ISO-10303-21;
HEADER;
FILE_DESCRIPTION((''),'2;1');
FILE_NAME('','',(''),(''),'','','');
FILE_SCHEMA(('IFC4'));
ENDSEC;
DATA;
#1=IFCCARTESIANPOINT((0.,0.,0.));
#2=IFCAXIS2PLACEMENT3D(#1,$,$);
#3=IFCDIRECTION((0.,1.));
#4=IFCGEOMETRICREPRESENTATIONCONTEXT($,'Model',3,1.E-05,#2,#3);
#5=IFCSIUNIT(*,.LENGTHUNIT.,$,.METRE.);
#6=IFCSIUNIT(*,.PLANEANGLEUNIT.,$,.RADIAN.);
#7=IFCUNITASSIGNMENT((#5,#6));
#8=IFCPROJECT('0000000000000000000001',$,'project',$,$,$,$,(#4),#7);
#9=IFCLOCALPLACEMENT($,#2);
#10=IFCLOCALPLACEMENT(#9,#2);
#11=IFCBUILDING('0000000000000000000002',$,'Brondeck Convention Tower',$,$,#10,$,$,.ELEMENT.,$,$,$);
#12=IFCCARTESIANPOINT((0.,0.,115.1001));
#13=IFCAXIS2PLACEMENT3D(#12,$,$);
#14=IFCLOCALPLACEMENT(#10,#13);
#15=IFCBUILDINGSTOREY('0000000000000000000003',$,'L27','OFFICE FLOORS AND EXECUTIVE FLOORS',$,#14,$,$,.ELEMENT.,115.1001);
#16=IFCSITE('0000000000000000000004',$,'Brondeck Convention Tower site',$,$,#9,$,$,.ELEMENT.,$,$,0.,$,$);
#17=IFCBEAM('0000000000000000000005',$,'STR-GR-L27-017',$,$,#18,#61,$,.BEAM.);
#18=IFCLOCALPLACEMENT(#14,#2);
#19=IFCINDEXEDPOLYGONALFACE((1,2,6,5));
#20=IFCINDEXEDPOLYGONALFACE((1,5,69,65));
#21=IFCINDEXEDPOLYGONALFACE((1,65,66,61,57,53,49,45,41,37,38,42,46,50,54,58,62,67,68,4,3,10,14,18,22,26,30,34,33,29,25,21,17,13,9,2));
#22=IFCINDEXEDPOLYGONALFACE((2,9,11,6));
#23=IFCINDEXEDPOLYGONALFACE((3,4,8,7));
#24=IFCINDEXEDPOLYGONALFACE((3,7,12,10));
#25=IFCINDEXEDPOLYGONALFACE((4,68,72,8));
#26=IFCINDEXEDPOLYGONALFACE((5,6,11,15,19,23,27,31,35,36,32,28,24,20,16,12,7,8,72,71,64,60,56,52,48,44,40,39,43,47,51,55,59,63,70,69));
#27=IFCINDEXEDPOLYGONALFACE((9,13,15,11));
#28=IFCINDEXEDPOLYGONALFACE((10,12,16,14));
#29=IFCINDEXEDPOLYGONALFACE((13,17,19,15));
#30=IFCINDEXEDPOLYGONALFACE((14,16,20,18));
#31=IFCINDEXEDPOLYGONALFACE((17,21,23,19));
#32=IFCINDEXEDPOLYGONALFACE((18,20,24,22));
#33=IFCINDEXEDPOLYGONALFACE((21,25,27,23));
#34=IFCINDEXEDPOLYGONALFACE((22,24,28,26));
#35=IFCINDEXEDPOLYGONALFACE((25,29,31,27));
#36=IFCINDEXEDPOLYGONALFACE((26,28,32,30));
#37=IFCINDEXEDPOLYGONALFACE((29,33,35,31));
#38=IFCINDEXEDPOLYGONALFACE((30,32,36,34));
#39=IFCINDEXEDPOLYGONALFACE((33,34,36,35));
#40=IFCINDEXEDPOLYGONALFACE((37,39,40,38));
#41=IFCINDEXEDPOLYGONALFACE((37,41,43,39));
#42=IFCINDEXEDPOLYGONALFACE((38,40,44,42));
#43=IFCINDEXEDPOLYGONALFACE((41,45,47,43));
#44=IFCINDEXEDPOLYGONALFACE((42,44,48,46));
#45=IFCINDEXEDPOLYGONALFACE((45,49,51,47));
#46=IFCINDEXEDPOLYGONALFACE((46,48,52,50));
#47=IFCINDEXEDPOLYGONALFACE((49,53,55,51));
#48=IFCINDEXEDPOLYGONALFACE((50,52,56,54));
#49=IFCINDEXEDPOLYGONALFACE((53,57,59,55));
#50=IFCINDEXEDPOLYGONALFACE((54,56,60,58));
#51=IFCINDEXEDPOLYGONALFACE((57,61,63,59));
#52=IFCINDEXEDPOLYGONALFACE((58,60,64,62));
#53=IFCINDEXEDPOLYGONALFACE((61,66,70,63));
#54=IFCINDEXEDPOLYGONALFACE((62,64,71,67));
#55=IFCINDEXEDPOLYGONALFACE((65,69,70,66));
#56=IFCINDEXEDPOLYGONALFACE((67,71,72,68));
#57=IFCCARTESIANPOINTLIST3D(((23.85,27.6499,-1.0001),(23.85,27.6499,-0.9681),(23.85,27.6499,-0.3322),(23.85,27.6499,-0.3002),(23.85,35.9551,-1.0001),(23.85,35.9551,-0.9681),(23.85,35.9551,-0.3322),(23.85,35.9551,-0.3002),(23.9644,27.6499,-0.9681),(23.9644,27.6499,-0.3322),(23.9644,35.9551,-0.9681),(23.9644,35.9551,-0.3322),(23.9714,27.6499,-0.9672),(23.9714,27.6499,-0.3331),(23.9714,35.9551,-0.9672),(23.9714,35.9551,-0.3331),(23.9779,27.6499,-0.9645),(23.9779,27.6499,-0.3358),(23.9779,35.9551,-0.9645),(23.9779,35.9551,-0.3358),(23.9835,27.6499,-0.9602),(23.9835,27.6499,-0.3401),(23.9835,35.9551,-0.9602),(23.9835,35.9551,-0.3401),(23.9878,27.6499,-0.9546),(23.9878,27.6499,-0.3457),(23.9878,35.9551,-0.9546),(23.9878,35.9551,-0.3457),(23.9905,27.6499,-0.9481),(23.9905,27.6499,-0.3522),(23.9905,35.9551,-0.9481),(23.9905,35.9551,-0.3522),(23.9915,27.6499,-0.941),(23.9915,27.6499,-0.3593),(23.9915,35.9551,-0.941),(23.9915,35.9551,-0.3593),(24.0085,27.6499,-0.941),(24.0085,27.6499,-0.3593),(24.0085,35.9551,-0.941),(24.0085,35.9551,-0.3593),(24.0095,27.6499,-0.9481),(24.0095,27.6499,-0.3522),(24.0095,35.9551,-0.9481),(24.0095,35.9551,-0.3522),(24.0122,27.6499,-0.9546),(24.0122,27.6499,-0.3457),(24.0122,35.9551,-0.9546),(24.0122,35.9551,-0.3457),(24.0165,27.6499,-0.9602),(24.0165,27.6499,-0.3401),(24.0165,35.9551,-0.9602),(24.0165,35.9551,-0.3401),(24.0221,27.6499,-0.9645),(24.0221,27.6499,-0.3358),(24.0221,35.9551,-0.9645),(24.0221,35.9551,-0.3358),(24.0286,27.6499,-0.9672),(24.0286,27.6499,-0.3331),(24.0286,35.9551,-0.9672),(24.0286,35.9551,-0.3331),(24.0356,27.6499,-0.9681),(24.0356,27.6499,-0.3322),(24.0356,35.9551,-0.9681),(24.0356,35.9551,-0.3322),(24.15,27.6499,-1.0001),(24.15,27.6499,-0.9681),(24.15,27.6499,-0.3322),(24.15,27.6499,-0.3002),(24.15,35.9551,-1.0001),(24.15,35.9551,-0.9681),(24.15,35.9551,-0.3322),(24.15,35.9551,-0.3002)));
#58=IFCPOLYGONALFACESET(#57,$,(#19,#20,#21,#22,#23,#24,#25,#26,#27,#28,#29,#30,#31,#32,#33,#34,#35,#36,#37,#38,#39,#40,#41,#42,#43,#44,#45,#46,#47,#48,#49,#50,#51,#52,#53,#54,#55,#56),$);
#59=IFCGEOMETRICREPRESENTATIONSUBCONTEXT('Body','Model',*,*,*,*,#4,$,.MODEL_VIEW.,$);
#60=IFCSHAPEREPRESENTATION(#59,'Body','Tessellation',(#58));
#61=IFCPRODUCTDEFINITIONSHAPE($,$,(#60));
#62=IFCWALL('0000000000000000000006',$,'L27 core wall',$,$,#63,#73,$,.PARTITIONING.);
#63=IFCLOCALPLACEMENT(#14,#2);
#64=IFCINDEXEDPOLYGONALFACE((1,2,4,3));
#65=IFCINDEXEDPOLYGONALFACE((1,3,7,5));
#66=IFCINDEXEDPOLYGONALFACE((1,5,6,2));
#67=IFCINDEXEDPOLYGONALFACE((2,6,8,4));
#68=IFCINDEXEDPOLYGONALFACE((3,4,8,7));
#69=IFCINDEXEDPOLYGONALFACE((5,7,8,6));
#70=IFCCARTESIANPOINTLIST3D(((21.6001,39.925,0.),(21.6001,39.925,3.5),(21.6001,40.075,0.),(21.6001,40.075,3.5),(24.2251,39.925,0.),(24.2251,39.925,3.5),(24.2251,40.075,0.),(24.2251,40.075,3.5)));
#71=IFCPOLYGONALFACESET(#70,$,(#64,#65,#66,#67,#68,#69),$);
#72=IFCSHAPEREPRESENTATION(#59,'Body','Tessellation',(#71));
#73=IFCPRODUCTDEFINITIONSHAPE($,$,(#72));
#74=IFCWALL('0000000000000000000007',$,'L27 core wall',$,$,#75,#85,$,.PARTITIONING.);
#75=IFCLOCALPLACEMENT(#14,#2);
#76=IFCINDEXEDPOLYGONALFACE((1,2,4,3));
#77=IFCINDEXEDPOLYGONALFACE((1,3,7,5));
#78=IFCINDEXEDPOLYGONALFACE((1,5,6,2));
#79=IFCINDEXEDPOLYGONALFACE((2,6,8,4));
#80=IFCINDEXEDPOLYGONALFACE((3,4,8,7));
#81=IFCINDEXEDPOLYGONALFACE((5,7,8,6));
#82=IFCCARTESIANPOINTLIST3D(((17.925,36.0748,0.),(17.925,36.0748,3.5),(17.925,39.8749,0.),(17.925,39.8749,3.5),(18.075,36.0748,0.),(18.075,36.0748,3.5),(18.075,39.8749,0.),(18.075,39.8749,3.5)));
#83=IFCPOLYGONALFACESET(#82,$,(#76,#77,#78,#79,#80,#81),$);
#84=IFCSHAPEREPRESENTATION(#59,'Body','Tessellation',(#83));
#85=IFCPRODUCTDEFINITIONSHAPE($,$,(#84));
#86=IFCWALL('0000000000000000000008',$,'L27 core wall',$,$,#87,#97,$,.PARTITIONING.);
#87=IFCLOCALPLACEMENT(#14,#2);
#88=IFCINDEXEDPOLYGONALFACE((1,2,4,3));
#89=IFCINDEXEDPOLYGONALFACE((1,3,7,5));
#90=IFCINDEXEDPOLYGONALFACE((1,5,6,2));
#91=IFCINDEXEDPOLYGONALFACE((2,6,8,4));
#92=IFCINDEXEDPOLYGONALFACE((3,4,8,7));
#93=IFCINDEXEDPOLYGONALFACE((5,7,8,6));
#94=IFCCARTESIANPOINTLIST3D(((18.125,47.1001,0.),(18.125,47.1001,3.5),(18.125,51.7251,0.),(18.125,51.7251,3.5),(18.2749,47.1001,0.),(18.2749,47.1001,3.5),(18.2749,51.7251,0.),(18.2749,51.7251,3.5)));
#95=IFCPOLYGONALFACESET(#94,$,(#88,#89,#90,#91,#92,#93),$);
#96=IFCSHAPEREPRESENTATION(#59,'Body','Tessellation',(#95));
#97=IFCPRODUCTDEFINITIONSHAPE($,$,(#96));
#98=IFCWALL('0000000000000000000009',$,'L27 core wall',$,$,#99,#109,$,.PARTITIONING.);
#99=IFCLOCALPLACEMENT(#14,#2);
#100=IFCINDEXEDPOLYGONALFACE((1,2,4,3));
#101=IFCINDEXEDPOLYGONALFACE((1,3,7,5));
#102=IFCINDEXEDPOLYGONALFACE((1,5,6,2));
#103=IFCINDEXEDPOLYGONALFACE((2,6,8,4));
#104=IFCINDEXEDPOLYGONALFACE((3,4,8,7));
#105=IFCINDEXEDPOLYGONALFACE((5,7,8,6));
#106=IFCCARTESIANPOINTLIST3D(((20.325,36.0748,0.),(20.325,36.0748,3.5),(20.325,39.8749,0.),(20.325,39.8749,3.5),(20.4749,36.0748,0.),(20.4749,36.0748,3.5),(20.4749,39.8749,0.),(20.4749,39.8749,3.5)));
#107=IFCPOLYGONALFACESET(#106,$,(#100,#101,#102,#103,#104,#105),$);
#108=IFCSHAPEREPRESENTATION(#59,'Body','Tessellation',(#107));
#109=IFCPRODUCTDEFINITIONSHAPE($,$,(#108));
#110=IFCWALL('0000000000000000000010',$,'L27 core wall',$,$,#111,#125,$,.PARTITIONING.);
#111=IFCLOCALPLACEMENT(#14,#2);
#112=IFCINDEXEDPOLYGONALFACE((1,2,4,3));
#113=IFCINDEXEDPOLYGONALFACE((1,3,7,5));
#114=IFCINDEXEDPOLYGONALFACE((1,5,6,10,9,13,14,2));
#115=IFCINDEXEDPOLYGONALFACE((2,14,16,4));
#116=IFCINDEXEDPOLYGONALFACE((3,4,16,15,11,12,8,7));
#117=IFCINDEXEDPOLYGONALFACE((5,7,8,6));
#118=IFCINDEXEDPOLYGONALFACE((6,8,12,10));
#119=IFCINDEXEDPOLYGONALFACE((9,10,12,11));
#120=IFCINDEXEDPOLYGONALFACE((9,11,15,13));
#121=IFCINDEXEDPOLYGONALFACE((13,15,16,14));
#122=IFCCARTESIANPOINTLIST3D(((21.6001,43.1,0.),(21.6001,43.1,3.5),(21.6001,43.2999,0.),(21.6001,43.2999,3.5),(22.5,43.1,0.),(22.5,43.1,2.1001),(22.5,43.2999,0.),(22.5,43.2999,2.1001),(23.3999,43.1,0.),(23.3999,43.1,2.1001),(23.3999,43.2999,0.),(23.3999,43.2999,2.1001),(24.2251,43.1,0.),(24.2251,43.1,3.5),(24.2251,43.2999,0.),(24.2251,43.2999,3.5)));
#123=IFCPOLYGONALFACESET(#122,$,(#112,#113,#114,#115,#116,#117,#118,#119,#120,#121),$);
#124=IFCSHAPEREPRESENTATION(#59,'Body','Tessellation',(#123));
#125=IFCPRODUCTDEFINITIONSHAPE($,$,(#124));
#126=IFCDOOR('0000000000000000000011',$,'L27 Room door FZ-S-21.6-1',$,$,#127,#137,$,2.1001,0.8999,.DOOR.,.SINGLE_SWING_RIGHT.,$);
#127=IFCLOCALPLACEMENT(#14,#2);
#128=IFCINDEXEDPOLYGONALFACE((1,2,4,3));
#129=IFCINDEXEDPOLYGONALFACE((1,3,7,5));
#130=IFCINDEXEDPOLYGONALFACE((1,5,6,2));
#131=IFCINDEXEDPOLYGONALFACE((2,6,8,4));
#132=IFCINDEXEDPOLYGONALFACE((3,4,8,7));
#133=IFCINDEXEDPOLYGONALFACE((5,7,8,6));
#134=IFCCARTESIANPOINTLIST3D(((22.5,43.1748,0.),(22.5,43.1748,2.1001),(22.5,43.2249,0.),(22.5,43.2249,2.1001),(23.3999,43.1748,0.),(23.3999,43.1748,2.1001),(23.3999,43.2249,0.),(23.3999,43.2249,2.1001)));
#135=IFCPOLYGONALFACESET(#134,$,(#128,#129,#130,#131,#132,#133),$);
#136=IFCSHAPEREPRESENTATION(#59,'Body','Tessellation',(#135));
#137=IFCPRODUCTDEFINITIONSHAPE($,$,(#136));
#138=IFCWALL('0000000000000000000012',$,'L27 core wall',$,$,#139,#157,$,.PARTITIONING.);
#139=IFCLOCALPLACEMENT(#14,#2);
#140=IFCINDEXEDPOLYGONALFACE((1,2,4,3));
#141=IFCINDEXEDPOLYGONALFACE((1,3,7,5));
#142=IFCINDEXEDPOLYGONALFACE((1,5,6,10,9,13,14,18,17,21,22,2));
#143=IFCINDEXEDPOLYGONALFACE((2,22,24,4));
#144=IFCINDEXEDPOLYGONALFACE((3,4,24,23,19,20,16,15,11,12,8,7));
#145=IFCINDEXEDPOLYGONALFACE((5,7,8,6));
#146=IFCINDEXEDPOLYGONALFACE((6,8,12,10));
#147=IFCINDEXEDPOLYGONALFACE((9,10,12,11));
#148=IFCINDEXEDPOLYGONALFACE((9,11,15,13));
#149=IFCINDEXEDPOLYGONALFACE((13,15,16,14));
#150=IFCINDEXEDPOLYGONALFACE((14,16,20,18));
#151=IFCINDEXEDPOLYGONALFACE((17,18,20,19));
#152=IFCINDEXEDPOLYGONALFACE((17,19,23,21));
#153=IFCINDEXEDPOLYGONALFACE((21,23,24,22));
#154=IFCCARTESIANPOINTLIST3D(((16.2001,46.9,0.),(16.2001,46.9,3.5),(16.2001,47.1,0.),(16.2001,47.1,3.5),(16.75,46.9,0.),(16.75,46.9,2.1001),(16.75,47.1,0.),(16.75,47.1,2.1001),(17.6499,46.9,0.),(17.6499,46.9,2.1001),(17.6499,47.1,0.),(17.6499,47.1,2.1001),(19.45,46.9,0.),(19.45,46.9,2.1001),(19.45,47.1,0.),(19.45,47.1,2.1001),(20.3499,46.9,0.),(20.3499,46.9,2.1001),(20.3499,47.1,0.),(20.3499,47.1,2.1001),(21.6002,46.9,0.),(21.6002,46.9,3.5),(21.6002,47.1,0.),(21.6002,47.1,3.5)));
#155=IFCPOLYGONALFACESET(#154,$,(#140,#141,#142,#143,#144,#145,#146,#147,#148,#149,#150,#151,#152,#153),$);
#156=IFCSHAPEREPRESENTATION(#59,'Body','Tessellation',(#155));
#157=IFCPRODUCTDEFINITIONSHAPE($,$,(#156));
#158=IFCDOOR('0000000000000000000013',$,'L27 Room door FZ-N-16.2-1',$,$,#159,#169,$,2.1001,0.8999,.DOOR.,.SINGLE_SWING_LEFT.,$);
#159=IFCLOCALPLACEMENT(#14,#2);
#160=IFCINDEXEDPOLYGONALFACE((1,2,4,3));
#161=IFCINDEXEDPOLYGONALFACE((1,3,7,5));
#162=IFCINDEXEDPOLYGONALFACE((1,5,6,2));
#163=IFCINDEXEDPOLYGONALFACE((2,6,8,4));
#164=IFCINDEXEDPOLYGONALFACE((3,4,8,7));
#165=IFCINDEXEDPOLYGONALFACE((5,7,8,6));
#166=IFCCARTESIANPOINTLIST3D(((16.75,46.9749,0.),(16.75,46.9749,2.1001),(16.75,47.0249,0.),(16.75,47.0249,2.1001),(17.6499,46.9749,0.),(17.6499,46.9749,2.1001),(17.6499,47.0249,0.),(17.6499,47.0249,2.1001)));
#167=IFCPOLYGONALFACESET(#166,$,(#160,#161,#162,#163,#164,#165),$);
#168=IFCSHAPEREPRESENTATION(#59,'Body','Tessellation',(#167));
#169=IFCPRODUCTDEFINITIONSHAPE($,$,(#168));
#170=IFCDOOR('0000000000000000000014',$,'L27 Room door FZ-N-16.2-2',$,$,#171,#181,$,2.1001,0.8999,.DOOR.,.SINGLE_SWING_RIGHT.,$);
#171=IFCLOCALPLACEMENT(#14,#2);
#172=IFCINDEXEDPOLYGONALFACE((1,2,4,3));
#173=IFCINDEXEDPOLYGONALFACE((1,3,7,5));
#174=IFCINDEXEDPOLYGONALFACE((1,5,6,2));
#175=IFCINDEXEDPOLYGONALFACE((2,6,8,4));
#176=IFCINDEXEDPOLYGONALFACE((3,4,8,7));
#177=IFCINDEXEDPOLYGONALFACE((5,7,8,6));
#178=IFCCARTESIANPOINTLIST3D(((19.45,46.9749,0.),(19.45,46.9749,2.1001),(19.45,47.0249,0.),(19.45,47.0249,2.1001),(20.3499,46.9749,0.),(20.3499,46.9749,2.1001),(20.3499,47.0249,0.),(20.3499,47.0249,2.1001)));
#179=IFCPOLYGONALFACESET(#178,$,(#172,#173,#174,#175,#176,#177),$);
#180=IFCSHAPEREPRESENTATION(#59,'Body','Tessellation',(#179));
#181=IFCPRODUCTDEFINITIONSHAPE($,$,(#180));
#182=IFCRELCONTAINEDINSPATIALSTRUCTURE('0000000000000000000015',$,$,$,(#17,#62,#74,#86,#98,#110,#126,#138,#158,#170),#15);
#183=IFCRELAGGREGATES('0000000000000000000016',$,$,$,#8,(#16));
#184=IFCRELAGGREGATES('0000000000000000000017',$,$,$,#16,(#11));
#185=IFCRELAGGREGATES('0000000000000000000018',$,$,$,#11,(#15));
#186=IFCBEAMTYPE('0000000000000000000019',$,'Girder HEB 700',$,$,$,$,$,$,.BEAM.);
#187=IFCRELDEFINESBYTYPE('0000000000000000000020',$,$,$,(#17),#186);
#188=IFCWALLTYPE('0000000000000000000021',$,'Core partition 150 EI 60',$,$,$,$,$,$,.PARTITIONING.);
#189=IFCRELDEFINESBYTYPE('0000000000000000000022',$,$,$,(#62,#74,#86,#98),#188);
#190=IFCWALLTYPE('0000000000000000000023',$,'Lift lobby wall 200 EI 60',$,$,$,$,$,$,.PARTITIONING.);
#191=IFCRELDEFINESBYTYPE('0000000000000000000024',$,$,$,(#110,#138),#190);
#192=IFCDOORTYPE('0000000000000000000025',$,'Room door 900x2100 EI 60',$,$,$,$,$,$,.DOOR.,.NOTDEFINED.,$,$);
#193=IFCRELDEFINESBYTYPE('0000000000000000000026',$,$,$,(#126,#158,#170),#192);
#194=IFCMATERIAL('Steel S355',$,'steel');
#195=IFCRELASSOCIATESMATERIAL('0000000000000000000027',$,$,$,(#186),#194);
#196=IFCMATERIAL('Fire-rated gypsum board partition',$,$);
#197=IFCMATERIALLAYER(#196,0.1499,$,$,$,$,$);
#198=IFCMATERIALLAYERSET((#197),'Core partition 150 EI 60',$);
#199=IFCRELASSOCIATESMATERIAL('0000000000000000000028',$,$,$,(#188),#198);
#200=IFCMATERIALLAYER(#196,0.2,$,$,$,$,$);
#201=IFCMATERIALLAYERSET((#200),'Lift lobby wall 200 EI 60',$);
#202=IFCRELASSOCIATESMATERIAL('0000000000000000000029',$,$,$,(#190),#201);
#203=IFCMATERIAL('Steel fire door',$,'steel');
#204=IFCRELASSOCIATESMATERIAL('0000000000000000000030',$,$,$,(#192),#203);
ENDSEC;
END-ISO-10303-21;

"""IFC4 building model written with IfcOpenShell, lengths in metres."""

from ifc_helpers import new_model, si_unit, direction, frame, frame_2d, origin, origin_2d, place, context, subcontext, project, spatial, rectangle, i_section, extrude, material, layer, layer_set, material_profile, profile_set, type_object, element, fill, save


model = new_model("IFC4")

# Units and contexts
model_context = context("Model", 3, precision=1e-05, world=origin(), true_north=direction((0.0, 1.0)))
body_context = subcontext(model_context, "Body", "Model", "MODEL_VIEW")
ifc_project = project(units=[si_unit("LENGTHUNIT", "METRE"), si_unit("PLANEANGLEUNIT", "RADIAN")], contexts=[model_context])

# Site, building, storey
site_placement = place(None, origin())
site = spatial("IfcSite", under=ifc_project, at=site_placement, Name="Brondeck Convention Tower site", CompositionType="ELEMENT", RefElevation=0.0)
building_placement = place(site_placement, origin())
building = spatial("IfcBuilding", under=site, at=building_placement, Name="Brondeck Convention Tower", CompositionType="ELEMENT")
storey_placement = place(building_placement, frame((0.0, 0.0, 115.1001)))
storey = spatial("IfcBuildingStorey", under=building, at=storey_placement, Name="L27", Description="OFFICE FLOORS AND EXECUTIVE FLOORS", CompositionType="ELEMENT", Elevation=115.1001)

# Beam
ifc_material_1 = material(Name="Steel S355", Category="steel")
ifc_material_profile = material_profile(ifc_material_1, i_section(OverallWidth=0.3, OverallDepth=0.7, WebThickness=0.0171, FlangeThickness=0.032, FilletRadius=0.0271, at=origin_2d()), Name="HEB 700")
ifc_profile_set = profile_set([ifc_material_profile], Name="Steel S355")
beam_type = type_object("IfcBeamType", Name="Girder HEB 700", PredefinedType="BEAM", material=ifc_profile_set)
beam_placement = place(storey_placement, frame((24.0, 35.9551, -0.6501), z_axis=(0.0, -1.0, 0.0), x_axis=(1.0, 0.0, 0.0)))
element("IfcBeam", 1, at=beam_placement, inside=storey, type_object=beam_type, Name="STR-GR-L27-017", PredefinedType="BEAM", context=body_context, shape_type="SweptSolid", body=[
    extrude(i_section(OverallWidth=0.3, OverallDepth=0.7, WebThickness=0.0171, FlangeThickness=0.032, FilletRadius=0.0271, at=origin_2d()), origin(), (0.0, 0.0, 1.0), 8.3052),
])

# Walls
ifc_material_2 = material(Name="Fire-rated gypsum board partition")
ifc_layer_1 = layer(ifc_material_2, 0.1499)
ifc_layer_set_1 = layer_set([ifc_layer_1], Name="Core partition 150 EI 60")
wall_type_1 = type_object("IfcWallType", Name="Core partition 150 EI 60", PredefinedType="PARTITIONING", material=ifc_layer_set_1)
wall_1_placement = place(storey_placement, frame((21.6001, 40.0, 0.0), z_axis=(0.0, 0.0, 1.0), x_axis=(1.0, 0.0, 0.0)))
element("IfcWall", 2, at=wall_1_placement, inside=storey, type_object=wall_type_1, Name="L27 core wall", PredefinedType="PARTITIONING", context=body_context, shape_type="SweptSolid", body=[
    extrude(rectangle(XDim=2.625, YDim=0.1499, at=frame_2d((1.3125, 0.0))), origin(), (0.0, 0.0, 1.0), 3.5),
])
wall_2_placement = place(storey_placement, frame((18.0, 36.075, 0.0), z_axis=(0.0, 0.0, 1.0), x_axis=(0.0, 1.0, 0.0)))
element("IfcWall", 3, at=wall_2_placement, inside=storey, type_object=wall_type_1, Name="L27 core wall", PredefinedType="PARTITIONING", context=body_context, shape_type="SweptSolid", body=[
    extrude(rectangle(XDim=3.8, YDim=0.1499, at=frame_2d((1.8999, 0.0))), origin(), (0.0, 0.0, 1.0), 3.5),
])
wall_3_placement = place(storey_placement, frame((18.2, 47.1001, 0.0), z_axis=(0.0, 0.0, 1.0), x_axis=(0.0, 1.0, 0.0)))
element("IfcWall", 4, at=wall_3_placement, inside=storey, type_object=wall_type_1, Name="L27 core wall", PredefinedType="PARTITIONING", context=body_context, shape_type="SweptSolid", body=[
    extrude(rectangle(XDim=4.625, YDim=0.1499, at=frame_2d((2.3125, 0.0))), origin(), (0.0, 0.0, 1.0), 3.5),
])
wall_4_placement = place(storey_placement, frame((20.3999, 36.075, 0.0), z_axis=(0.0, 0.0, 1.0), x_axis=(0.0, 1.0, 0.0)))
element("IfcWall", 5, at=wall_4_placement, inside=storey, type_object=wall_type_1, Name="L27 core wall", PredefinedType="PARTITIONING", context=body_context, shape_type="SweptSolid", body=[
    extrude(rectangle(XDim=3.8, YDim=0.1499, at=frame_2d((1.8999, 0.0))), origin(), (0.0, 0.0, 1.0), 3.5),
])

# Wall, opening, door
ifc_layer_2 = layer(ifc_material_2, 0.2)
ifc_layer_set_2 = layer_set([ifc_layer_2], Name="Lift lobby wall 200 EI 60")
wall_type_2 = type_object("IfcWallType", Name="Lift lobby wall 200 EI 60", PredefinedType="PARTITIONING", material=ifc_layer_set_2)
wall_5_placement = place(storey_placement, frame((21.6001, 43.2, 0.0), z_axis=(0.0, 0.0, 1.0), x_axis=(1.0, 0.0, 0.0)))
wall_5 = element("IfcWall", 6, at=wall_5_placement, inside=storey, type_object=wall_type_2, Name="L27 core wall", PredefinedType="PARTITIONING", context=body_context, shape_type="SweptSolid", body=[
    extrude(rectangle(XDim=2.625, YDim=0.2, at=frame_2d((1.3125, 0.0))), origin(), (0.0, 0.0, 1.0), 3.5),
])
opening_1_placement = place(wall_5_placement, frame((0.8999, 0.0, 0.0)))
opening_1 = element("IfcOpeningElement", 7, at=opening_1_placement, cuts=wall_5, PredefinedType="OPENING", context=body_context, shape_type="SweptSolid", body=[
    extrude(rectangle(XDim=0.8999, YDim=2.1001, at=frame_2d((0.45, 1.05))), frame((0.0, 0.1099, 0.0), z_axis=(0.0, -1.0, 0.0), x_axis=(1.0, 0.0, 0.0)), (0.0, 0.0, 1.0), 0.22),
])
ifc_material_3 = material(Name="Steel fire door", Category="steel")
door_type_1 = type_object("IfcDoorType", Name="Room door 900x2100 EI 60", OperationType="NOTDEFINED", PredefinedType="DOOR", material=ifc_material_3)
door_1_placement = place(opening_1_placement, origin())
door_1 = element("IfcDoor", 8, at=door_1_placement, inside=storey, type_object=door_type_1, Name="L27 Room door FZ-S-21.6-1", OperationType="SINGLE_SWING_RIGHT", OverallHeight=2.1001, OverallWidth=0.8999, PredefinedType="DOOR", context=body_context, shape_type="SweptSolid", body=[
    extrude(rectangle(XDim=0.8999, YDim=2.1001, at=frame_2d((0.45, 1.05))), frame((0.0, 0.0249, 0.0), z_axis=(0.0, -1.0, 0.0), x_axis=(1.0, 0.0, 0.0)), (0.0, 0.0, 1.0), 0.05),
])
fill(opening_1, door_1)

# Wall, openings, doors
wall_6_placement = place(storey_placement, frame((16.2, 47.0, 0.0), z_axis=(0.0, 0.0, 1.0), x_axis=(1.0, 0.0, 0.0)))
wall_6 = element("IfcWall", 9, at=wall_6_placement, inside=storey, type_object=wall_type_2, Name="L27 core wall", PredefinedType="PARTITIONING", context=body_context, shape_type="SweptSolid", body=[
    extrude(rectangle(XDim=5.4001, YDim=0.2, at=frame_2d((2.7002, 0.0))), origin(), (0.0, 0.0, 1.0), 3.5),
])
opening_2_placement = place(wall_6_placement, frame((0.55, 0.0, 0.0)))
opening_2 = element("IfcOpeningElement", 10, at=opening_2_placement, cuts=wall_6, PredefinedType="OPENING", context=body_context, shape_type="SweptSolid", body=[
    extrude(rectangle(XDim=0.8999, YDim=2.1001, at=frame_2d((0.45, 1.05))), frame((0.0, 0.1099, 0.0), z_axis=(0.0, -1.0, 0.0), x_axis=(1.0, 0.0, 0.0)), (0.0, 0.0, 1.0), 0.22),
])
opening_3_placement = place(wall_6_placement, frame((3.25, 0.0, 0.0)))
opening_3 = element("IfcOpeningElement", 11, at=opening_3_placement, cuts=wall_6, PredefinedType="OPENING", context=body_context, shape_type="SweptSolid", body=[
    extrude(rectangle(XDim=0.8999, YDim=2.1001, at=frame_2d((0.45, 1.05))), frame((0.0, 0.1099, 0.0), z_axis=(0.0, -1.0, 0.0), x_axis=(1.0, 0.0, 0.0)), (0.0, 0.0, 1.0), 0.22),
])
door_2_placement = place(opening_2_placement, origin())
door_2 = element("IfcDoor", 12, at=door_2_placement, inside=storey, type_object=door_type_1, Name="L27 Room door FZ-N-16.2-1", OperationType="SINGLE_SWING_LEFT", OverallHeight=2.1001, OverallWidth=0.8999, PredefinedType="DOOR", context=body_context, shape_type="SweptSolid", body=[
    extrude(rectangle(XDim=0.8999, YDim=2.1001, at=frame_2d((0.45, 1.05))), frame((0.0, 0.0249, 0.0), z_axis=(0.0, -1.0, 0.0), x_axis=(1.0, 0.0, 0.0)), (0.0, 0.0, 1.0), 0.05),
])
fill(opening_2, door_2)
door_3_placement = place(opening_3_placement, origin())
door_3 = element("IfcDoor", 13, at=door_3_placement, inside=storey, type_object=door_type_1, Name="L27 Room door FZ-N-16.2-2", OperationType="SINGLE_SWING_RIGHT", OverallHeight=2.1001, OverallWidth=0.8999, PredefinedType="DOOR", context=body_context, shape_type="SweptSolid", body=[
    extrude(rectangle(XDim=0.8999, YDim=2.1001, at=frame_2d((0.45, 1.05))), frame((0.0, 0.0249, 0.0), z_axis=(0.0, -1.0, 0.0), x_axis=(1.0, 0.0, 0.0)), (0.0, 0.0, 1.0), 0.05),
])
fill(opening_3, door_3)

save(model, "model.ifc")
